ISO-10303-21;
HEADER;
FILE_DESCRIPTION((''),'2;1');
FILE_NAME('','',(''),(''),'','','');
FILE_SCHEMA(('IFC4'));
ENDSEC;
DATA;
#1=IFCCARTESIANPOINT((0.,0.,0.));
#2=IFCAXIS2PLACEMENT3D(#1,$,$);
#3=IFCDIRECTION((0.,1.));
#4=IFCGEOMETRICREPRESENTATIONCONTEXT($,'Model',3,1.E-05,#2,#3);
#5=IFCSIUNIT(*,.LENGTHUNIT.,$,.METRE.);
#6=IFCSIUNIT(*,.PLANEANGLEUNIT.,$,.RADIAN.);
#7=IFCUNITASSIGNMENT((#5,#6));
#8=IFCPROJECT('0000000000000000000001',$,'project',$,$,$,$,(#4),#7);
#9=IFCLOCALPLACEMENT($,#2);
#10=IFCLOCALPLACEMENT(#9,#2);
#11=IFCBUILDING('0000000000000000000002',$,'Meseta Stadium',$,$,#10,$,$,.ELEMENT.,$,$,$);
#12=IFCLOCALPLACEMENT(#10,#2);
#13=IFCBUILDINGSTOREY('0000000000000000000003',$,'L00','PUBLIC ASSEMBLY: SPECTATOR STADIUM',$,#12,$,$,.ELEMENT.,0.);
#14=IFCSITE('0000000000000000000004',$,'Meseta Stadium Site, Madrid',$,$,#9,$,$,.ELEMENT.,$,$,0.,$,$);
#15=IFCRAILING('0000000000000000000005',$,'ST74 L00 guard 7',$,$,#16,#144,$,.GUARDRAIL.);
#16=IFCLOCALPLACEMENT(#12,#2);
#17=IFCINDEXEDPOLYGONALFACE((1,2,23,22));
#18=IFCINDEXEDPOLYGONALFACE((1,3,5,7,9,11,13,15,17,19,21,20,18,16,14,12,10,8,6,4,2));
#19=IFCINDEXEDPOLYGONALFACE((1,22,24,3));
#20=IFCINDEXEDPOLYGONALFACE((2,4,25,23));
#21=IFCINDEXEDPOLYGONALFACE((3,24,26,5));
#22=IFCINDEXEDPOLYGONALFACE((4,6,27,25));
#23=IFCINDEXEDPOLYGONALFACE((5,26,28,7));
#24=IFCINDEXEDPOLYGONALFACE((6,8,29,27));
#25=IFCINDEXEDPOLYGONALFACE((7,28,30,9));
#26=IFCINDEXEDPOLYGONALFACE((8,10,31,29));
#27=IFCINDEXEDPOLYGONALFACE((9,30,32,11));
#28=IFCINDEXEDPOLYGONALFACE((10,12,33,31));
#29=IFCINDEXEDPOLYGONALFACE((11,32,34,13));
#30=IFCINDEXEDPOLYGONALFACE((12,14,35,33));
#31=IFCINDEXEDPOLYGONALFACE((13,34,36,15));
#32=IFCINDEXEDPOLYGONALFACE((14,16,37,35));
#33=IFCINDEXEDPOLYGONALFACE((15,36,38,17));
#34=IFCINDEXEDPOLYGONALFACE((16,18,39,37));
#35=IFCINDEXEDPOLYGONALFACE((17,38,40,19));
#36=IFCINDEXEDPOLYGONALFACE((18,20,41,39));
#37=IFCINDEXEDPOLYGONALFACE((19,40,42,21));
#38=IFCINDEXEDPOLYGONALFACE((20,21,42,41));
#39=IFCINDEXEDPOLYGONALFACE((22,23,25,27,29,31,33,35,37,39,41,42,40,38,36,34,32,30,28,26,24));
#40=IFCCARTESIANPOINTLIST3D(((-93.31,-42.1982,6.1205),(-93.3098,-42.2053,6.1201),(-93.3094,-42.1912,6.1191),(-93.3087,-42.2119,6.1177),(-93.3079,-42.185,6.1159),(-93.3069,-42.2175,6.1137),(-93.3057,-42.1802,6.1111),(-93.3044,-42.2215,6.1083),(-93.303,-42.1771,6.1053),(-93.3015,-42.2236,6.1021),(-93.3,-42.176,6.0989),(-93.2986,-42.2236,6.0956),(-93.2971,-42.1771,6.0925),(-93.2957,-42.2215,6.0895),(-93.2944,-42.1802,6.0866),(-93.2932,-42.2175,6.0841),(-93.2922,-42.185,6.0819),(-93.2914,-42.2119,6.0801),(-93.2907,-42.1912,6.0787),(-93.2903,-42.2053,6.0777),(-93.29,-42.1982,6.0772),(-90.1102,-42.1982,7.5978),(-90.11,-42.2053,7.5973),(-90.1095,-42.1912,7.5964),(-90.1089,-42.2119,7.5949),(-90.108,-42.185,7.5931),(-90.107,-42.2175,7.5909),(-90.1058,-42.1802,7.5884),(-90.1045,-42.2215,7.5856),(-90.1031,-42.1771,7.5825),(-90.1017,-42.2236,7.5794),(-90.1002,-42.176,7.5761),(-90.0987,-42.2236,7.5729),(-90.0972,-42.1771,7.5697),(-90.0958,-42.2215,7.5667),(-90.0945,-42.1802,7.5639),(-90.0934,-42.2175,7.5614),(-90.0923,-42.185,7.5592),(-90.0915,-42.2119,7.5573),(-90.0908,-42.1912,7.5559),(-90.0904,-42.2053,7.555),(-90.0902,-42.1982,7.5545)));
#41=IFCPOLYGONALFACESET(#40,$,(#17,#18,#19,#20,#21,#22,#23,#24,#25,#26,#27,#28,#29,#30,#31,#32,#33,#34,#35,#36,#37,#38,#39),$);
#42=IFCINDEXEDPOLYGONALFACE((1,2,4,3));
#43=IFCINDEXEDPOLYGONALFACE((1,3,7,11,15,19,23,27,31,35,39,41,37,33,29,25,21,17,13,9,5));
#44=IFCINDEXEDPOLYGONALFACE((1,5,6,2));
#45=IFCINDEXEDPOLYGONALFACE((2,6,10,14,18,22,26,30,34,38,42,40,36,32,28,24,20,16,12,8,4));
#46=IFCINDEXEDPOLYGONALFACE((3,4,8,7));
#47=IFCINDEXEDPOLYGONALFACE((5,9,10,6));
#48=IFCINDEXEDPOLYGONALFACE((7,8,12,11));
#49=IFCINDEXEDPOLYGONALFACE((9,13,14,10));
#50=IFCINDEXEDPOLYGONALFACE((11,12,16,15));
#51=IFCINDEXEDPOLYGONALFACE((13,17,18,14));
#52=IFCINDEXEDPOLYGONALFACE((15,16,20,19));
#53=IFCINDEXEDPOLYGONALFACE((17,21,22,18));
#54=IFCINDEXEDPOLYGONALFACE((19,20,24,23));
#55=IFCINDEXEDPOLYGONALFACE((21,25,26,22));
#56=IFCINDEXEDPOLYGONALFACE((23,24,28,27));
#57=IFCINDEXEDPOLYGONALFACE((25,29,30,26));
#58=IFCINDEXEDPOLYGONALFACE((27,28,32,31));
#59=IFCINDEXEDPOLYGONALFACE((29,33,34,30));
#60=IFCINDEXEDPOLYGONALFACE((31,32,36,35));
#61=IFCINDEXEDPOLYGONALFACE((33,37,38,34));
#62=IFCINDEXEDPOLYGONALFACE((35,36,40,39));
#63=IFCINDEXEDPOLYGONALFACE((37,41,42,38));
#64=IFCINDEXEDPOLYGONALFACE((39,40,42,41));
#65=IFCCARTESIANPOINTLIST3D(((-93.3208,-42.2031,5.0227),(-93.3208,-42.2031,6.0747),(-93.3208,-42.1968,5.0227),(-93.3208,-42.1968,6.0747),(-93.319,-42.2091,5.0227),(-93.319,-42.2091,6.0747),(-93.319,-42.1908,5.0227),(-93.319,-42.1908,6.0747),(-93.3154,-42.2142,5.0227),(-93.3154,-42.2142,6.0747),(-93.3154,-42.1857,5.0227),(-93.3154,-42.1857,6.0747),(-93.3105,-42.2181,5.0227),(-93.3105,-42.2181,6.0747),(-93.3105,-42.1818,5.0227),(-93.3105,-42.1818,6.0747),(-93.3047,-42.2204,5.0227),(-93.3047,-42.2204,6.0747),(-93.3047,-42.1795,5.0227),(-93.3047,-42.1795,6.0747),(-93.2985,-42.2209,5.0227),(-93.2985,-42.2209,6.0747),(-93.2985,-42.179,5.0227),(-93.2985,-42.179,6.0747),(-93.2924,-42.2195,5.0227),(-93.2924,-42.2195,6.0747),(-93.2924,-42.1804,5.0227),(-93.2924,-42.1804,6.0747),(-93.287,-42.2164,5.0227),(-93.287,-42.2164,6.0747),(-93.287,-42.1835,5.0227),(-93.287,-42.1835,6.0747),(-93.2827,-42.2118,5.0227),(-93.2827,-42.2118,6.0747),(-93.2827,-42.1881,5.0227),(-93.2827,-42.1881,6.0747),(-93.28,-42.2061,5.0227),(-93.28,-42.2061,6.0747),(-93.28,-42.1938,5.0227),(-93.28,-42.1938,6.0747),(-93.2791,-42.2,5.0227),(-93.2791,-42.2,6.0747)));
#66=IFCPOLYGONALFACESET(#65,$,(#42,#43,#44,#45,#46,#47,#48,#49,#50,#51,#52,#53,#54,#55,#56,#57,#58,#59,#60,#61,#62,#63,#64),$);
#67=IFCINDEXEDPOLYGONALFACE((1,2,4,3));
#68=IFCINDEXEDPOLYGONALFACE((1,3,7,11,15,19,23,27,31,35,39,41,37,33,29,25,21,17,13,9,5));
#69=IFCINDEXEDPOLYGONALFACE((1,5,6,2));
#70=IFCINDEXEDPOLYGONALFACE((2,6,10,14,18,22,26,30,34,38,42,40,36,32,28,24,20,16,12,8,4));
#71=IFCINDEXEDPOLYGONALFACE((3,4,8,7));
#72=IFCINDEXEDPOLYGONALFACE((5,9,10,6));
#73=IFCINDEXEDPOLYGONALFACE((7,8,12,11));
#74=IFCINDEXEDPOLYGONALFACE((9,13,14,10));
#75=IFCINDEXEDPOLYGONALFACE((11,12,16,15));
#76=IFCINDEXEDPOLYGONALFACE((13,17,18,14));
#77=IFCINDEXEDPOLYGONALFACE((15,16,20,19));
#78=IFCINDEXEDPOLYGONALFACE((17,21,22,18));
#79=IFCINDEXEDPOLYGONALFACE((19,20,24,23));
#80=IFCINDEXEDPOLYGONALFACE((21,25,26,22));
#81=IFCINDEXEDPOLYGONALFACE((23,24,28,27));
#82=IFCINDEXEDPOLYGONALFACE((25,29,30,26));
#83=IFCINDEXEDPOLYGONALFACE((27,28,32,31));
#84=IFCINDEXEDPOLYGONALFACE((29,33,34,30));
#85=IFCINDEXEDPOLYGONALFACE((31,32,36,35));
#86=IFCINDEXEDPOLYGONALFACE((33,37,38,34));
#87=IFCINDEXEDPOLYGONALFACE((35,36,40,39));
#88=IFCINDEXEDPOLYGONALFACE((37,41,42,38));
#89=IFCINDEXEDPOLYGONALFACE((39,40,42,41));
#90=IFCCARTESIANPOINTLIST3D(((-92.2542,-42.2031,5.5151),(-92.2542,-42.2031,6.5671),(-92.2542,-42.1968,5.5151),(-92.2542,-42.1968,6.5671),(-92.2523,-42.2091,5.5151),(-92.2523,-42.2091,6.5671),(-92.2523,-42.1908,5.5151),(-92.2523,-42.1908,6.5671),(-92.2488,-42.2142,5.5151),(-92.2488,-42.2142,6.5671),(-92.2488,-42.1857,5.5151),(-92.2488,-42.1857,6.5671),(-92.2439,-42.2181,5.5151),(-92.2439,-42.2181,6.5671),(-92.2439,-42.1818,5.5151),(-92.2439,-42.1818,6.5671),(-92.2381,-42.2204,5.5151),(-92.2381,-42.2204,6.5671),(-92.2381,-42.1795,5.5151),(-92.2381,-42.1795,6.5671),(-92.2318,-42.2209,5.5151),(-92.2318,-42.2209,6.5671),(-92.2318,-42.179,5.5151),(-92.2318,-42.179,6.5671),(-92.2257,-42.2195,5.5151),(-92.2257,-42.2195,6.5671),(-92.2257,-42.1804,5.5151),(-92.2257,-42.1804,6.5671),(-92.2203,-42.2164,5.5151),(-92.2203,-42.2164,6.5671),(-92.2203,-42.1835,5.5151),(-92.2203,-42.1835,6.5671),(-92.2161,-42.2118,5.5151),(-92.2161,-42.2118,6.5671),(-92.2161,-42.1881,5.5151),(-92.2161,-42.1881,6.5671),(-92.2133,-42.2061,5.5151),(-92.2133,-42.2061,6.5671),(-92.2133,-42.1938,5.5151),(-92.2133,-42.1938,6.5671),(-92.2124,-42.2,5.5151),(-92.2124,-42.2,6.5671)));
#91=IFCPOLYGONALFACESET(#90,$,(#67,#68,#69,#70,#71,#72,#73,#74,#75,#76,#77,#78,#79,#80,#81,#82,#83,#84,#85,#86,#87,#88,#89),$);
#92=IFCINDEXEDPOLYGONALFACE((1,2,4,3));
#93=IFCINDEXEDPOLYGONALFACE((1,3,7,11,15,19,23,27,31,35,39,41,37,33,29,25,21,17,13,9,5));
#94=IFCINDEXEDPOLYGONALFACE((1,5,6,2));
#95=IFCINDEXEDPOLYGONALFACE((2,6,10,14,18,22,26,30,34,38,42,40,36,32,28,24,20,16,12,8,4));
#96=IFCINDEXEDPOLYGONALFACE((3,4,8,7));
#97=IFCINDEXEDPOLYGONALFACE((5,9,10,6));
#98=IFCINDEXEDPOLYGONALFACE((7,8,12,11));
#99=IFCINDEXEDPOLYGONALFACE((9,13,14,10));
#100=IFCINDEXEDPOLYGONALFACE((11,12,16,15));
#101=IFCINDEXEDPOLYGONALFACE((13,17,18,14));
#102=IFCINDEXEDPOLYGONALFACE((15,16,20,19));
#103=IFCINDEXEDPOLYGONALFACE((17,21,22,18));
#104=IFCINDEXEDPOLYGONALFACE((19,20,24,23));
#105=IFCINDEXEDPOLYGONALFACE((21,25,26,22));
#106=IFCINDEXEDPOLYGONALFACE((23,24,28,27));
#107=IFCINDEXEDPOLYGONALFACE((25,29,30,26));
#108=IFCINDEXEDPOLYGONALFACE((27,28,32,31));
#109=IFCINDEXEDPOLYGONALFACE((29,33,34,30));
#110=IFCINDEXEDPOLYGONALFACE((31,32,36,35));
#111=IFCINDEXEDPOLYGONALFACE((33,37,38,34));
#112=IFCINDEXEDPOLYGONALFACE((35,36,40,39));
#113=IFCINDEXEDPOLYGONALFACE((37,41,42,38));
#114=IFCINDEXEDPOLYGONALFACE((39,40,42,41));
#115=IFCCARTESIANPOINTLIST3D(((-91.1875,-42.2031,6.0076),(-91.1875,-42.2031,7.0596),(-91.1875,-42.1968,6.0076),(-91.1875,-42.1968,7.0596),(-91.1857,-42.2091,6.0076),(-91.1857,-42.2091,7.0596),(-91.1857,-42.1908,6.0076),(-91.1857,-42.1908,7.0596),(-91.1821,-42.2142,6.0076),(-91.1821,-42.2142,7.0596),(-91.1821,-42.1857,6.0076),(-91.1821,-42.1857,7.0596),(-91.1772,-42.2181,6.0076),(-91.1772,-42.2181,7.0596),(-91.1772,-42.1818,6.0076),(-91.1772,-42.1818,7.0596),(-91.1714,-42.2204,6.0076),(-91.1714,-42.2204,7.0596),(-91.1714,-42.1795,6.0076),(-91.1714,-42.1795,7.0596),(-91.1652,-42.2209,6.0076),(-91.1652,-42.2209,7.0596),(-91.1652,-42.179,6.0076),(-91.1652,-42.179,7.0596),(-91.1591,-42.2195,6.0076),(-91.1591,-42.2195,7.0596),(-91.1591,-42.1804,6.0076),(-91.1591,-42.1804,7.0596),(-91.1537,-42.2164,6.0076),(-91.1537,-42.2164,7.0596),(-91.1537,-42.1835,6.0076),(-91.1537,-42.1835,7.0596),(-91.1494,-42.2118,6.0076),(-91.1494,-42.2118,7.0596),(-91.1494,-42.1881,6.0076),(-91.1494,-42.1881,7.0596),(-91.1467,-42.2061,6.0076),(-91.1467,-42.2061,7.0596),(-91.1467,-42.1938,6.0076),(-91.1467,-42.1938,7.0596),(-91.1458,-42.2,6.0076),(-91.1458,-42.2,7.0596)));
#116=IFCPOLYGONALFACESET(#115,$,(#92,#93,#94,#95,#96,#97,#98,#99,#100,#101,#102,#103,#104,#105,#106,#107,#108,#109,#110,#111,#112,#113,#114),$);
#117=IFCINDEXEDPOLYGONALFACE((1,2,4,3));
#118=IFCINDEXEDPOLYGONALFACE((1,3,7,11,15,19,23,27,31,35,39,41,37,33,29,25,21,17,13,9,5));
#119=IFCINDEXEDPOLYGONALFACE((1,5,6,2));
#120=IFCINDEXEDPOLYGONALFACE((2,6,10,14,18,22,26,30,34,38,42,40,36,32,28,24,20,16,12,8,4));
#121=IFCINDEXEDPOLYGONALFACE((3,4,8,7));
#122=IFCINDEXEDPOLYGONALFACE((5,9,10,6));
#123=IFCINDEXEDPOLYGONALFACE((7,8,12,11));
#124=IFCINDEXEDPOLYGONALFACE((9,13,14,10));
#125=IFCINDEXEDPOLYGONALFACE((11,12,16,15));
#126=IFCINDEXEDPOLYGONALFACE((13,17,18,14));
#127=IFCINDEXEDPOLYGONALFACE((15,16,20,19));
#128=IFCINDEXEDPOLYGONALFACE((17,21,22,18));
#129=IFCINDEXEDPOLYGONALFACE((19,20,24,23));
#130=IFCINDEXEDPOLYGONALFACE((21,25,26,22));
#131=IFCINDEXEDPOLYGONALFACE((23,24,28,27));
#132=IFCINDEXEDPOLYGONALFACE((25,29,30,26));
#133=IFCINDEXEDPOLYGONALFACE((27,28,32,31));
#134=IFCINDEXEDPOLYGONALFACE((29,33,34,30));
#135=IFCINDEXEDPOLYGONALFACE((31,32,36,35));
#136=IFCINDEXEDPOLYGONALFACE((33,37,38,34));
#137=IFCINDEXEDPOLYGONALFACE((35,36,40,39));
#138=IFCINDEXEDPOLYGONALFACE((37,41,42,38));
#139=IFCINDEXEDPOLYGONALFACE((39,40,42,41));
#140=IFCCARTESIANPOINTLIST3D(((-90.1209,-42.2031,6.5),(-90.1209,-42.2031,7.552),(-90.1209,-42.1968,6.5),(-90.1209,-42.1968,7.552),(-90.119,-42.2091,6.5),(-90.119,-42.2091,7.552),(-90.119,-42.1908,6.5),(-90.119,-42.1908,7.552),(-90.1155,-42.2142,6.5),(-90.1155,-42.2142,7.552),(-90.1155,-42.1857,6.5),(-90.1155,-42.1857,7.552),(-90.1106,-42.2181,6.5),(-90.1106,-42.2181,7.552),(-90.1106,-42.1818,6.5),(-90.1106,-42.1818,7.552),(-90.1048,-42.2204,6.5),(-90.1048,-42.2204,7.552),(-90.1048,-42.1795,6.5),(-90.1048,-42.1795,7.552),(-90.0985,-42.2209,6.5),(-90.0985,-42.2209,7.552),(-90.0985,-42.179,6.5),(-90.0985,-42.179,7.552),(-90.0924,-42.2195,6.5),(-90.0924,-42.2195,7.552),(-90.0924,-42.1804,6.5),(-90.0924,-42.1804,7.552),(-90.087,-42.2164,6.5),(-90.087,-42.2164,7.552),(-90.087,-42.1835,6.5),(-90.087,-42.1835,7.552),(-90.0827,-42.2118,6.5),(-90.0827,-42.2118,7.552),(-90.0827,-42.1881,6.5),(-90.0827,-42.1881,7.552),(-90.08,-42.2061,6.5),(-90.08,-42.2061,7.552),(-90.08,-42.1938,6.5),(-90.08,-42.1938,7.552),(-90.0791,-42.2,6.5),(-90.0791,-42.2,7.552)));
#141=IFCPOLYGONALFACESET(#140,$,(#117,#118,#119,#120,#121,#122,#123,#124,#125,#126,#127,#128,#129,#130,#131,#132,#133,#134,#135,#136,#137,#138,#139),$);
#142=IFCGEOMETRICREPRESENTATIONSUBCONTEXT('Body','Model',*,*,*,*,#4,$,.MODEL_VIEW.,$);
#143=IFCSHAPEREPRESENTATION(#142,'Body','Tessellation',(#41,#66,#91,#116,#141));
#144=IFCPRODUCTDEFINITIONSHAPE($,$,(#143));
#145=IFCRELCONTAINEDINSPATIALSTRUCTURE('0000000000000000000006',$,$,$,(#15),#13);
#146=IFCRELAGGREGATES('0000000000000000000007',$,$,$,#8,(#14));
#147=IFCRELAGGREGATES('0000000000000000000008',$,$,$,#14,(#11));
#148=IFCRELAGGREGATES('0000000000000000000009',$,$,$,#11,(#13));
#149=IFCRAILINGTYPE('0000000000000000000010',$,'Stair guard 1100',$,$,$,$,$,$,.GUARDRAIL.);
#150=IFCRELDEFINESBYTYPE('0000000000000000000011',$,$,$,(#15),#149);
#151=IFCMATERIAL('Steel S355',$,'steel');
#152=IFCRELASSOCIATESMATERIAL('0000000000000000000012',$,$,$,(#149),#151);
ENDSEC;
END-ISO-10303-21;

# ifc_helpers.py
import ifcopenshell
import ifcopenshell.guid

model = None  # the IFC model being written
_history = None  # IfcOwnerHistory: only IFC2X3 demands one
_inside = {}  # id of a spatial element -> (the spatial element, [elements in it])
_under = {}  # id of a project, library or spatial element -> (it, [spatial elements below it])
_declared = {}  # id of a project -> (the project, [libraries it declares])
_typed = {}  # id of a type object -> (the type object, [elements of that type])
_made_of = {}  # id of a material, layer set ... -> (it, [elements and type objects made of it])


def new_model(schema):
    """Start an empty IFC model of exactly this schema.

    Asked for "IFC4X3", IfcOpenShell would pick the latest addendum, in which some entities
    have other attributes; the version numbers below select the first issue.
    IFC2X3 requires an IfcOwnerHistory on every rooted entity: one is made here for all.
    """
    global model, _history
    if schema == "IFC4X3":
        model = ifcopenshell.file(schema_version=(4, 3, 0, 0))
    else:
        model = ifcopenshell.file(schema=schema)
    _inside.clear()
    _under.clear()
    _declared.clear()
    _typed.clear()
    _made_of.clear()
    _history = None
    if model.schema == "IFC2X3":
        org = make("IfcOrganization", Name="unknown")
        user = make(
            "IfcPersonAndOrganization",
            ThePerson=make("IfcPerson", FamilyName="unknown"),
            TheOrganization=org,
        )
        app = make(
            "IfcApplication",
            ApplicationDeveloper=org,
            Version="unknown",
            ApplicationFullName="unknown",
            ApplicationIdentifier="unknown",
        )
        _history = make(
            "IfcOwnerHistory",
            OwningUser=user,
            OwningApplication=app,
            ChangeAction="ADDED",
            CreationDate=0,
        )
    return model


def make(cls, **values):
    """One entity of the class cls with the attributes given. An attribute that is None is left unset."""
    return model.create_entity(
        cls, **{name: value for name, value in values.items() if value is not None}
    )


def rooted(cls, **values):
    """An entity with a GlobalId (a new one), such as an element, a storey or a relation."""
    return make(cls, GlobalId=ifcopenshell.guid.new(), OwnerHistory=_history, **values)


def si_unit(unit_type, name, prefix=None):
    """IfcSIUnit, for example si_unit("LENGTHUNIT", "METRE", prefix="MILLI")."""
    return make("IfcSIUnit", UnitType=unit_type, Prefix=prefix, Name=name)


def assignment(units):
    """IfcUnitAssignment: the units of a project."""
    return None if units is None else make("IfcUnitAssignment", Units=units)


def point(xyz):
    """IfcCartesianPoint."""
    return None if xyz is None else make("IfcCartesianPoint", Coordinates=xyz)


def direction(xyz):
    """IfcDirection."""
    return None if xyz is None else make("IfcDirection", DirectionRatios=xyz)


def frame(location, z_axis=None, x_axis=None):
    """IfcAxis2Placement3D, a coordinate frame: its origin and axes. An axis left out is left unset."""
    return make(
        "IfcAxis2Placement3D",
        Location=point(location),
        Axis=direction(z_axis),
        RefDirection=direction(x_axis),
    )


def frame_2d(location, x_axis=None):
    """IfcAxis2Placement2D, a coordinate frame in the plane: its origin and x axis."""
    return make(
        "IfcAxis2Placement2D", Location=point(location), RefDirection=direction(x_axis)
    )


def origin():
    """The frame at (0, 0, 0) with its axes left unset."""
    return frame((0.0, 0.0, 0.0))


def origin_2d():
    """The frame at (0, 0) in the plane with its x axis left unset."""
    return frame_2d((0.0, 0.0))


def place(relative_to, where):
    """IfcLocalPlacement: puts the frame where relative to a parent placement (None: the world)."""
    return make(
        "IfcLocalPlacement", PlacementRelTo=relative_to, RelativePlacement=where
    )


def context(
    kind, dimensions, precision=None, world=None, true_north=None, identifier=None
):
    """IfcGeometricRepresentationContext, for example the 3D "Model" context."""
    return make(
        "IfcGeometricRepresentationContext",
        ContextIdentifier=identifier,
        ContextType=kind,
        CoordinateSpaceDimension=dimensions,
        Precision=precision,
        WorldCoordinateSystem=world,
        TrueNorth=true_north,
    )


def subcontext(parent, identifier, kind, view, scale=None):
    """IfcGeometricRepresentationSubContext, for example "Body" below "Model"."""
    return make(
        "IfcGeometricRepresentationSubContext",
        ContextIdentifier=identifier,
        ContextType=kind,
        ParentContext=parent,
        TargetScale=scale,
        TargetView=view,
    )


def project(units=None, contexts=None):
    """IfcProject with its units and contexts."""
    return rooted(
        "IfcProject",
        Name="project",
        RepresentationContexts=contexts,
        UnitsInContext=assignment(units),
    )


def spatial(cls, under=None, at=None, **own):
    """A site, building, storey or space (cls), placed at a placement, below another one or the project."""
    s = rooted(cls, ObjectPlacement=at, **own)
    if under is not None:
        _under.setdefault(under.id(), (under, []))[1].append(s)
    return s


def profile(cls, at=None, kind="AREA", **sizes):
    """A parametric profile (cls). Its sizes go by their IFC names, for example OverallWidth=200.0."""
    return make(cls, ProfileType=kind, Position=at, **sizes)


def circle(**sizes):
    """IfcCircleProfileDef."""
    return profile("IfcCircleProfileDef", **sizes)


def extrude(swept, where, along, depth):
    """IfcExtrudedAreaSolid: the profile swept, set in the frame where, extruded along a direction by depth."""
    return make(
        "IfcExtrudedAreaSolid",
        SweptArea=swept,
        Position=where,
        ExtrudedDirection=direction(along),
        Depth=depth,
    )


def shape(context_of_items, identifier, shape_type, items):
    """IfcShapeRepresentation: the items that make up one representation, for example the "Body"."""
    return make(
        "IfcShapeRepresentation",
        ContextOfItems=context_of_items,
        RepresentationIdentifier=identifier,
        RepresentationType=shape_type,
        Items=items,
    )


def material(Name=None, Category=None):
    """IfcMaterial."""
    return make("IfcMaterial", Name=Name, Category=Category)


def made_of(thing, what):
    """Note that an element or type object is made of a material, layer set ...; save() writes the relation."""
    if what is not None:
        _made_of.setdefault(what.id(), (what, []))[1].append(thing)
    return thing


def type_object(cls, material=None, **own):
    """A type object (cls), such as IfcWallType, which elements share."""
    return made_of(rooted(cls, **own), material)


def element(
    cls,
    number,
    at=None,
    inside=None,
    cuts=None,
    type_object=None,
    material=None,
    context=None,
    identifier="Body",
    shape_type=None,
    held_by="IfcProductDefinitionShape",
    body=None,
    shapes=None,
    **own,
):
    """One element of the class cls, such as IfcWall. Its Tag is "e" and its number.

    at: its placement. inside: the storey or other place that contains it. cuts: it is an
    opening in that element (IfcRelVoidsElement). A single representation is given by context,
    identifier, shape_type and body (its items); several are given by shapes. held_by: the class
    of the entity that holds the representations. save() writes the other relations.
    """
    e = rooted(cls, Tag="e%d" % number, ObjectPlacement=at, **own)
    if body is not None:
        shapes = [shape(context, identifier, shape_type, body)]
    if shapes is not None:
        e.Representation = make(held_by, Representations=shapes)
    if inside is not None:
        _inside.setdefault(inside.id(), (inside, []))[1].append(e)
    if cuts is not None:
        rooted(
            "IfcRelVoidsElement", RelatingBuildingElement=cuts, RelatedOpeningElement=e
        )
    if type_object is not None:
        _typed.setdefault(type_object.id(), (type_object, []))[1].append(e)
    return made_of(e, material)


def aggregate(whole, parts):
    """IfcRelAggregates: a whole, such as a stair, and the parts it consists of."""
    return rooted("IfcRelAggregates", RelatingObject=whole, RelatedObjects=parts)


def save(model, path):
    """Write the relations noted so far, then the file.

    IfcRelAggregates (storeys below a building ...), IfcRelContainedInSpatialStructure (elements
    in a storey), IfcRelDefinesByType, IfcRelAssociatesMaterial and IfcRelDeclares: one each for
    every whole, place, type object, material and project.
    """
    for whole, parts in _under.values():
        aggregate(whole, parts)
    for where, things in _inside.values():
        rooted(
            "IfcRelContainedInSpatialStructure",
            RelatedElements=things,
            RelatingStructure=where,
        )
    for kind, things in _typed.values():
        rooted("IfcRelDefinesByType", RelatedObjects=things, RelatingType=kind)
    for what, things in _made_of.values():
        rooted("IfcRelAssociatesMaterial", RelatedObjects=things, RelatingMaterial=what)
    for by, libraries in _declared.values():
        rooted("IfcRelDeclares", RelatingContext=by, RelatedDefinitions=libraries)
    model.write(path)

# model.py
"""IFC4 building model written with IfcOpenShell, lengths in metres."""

from ifc_helpers import new_model, si_unit, direction, frame, origin, origin_2d, place, context, subcontext, project, spatial, circle, extrude, material, type_object, element, save


model = new_model("IFC4")

# Units and contexts
model_context = context("Model", 3, precision=1e-05, world=origin(), true_north=direction((0.0, 1.0)))
body_context = subcontext(model_context, "Body", "Model", "MODEL_VIEW")
ifc_project = project(units=[si_unit("LENGTHUNIT", "METRE"), si_unit("PLANEANGLEUNIT", "RADIAN")], contexts=[model_context])

# Site, building, storey
site_placement = place(None, origin())
site = spatial("IfcSite", under=ifc_project, at=site_placement, Name="Meseta Stadium Site, Madrid", CompositionType="ELEMENT", RefElevation=0.0)
building_placement = place(site_placement, origin())
building = spatial("IfcBuilding", under=site, at=building_placement, Name="Meseta Stadium", CompositionType="ELEMENT")
storey_placement = place(building_placement, origin())
storey = spatial("IfcBuildingStorey", under=building, at=storey_placement, Name="L00", Description="PUBLIC ASSEMBLY: SPECTATOR STADIUM", CompositionType="ELEMENT", Elevation=0.0)

# Railing
ifc_material_1 = material(Name="Steel S355", Category="steel")
railing_type_1 = type_object("IfcRailingType", Name="Stair guard 1100", PredefinedType="GUARDRAIL", material=ifc_material_1)
railing_1_placement = place(storey_placement, frame((-93.3, -42.2, 5.0227)))
element("IfcRailing", 1, at=railing_1_placement, inside=storey, type_object=railing_type_1, Name="ST74 L00 guard 7", PredefinedType="GUARDRAIL", context=body_context, shape_type="SweptSolid", body=[
    extrude(circle(Radius=0.0239, at=origin_2d()), frame((0.0, 0.0, 1.0762), z_axis=(0.907917, 0.0, 0.41915), x_axis=(0.0, 1.0, 0.0)), (0.0, 0.0, 1.0), 3.5244),
    extrude(circle(Radius=0.021, at=origin_2d()), origin(), (0.0, 0.0, 1.0), 1.052),
    extrude(circle(Radius=0.021, at=origin_2d()), frame((1.0667, 0.0, 0.4924)), (0.0, 0.0, 1.0), 1.052),
    extrude(circle(Radius=0.021, at=origin_2d()), frame((2.1333, 0.0, 0.9849)), (0.0, 0.0, 1.0), 1.052),
    extrude(circle(Radius=0.021, at=origin_2d()), frame((3.2, 0.0, 1.4773)), (0.0, 0.0, 1.0), 1.052),
])

save(model, "model.ifc")
